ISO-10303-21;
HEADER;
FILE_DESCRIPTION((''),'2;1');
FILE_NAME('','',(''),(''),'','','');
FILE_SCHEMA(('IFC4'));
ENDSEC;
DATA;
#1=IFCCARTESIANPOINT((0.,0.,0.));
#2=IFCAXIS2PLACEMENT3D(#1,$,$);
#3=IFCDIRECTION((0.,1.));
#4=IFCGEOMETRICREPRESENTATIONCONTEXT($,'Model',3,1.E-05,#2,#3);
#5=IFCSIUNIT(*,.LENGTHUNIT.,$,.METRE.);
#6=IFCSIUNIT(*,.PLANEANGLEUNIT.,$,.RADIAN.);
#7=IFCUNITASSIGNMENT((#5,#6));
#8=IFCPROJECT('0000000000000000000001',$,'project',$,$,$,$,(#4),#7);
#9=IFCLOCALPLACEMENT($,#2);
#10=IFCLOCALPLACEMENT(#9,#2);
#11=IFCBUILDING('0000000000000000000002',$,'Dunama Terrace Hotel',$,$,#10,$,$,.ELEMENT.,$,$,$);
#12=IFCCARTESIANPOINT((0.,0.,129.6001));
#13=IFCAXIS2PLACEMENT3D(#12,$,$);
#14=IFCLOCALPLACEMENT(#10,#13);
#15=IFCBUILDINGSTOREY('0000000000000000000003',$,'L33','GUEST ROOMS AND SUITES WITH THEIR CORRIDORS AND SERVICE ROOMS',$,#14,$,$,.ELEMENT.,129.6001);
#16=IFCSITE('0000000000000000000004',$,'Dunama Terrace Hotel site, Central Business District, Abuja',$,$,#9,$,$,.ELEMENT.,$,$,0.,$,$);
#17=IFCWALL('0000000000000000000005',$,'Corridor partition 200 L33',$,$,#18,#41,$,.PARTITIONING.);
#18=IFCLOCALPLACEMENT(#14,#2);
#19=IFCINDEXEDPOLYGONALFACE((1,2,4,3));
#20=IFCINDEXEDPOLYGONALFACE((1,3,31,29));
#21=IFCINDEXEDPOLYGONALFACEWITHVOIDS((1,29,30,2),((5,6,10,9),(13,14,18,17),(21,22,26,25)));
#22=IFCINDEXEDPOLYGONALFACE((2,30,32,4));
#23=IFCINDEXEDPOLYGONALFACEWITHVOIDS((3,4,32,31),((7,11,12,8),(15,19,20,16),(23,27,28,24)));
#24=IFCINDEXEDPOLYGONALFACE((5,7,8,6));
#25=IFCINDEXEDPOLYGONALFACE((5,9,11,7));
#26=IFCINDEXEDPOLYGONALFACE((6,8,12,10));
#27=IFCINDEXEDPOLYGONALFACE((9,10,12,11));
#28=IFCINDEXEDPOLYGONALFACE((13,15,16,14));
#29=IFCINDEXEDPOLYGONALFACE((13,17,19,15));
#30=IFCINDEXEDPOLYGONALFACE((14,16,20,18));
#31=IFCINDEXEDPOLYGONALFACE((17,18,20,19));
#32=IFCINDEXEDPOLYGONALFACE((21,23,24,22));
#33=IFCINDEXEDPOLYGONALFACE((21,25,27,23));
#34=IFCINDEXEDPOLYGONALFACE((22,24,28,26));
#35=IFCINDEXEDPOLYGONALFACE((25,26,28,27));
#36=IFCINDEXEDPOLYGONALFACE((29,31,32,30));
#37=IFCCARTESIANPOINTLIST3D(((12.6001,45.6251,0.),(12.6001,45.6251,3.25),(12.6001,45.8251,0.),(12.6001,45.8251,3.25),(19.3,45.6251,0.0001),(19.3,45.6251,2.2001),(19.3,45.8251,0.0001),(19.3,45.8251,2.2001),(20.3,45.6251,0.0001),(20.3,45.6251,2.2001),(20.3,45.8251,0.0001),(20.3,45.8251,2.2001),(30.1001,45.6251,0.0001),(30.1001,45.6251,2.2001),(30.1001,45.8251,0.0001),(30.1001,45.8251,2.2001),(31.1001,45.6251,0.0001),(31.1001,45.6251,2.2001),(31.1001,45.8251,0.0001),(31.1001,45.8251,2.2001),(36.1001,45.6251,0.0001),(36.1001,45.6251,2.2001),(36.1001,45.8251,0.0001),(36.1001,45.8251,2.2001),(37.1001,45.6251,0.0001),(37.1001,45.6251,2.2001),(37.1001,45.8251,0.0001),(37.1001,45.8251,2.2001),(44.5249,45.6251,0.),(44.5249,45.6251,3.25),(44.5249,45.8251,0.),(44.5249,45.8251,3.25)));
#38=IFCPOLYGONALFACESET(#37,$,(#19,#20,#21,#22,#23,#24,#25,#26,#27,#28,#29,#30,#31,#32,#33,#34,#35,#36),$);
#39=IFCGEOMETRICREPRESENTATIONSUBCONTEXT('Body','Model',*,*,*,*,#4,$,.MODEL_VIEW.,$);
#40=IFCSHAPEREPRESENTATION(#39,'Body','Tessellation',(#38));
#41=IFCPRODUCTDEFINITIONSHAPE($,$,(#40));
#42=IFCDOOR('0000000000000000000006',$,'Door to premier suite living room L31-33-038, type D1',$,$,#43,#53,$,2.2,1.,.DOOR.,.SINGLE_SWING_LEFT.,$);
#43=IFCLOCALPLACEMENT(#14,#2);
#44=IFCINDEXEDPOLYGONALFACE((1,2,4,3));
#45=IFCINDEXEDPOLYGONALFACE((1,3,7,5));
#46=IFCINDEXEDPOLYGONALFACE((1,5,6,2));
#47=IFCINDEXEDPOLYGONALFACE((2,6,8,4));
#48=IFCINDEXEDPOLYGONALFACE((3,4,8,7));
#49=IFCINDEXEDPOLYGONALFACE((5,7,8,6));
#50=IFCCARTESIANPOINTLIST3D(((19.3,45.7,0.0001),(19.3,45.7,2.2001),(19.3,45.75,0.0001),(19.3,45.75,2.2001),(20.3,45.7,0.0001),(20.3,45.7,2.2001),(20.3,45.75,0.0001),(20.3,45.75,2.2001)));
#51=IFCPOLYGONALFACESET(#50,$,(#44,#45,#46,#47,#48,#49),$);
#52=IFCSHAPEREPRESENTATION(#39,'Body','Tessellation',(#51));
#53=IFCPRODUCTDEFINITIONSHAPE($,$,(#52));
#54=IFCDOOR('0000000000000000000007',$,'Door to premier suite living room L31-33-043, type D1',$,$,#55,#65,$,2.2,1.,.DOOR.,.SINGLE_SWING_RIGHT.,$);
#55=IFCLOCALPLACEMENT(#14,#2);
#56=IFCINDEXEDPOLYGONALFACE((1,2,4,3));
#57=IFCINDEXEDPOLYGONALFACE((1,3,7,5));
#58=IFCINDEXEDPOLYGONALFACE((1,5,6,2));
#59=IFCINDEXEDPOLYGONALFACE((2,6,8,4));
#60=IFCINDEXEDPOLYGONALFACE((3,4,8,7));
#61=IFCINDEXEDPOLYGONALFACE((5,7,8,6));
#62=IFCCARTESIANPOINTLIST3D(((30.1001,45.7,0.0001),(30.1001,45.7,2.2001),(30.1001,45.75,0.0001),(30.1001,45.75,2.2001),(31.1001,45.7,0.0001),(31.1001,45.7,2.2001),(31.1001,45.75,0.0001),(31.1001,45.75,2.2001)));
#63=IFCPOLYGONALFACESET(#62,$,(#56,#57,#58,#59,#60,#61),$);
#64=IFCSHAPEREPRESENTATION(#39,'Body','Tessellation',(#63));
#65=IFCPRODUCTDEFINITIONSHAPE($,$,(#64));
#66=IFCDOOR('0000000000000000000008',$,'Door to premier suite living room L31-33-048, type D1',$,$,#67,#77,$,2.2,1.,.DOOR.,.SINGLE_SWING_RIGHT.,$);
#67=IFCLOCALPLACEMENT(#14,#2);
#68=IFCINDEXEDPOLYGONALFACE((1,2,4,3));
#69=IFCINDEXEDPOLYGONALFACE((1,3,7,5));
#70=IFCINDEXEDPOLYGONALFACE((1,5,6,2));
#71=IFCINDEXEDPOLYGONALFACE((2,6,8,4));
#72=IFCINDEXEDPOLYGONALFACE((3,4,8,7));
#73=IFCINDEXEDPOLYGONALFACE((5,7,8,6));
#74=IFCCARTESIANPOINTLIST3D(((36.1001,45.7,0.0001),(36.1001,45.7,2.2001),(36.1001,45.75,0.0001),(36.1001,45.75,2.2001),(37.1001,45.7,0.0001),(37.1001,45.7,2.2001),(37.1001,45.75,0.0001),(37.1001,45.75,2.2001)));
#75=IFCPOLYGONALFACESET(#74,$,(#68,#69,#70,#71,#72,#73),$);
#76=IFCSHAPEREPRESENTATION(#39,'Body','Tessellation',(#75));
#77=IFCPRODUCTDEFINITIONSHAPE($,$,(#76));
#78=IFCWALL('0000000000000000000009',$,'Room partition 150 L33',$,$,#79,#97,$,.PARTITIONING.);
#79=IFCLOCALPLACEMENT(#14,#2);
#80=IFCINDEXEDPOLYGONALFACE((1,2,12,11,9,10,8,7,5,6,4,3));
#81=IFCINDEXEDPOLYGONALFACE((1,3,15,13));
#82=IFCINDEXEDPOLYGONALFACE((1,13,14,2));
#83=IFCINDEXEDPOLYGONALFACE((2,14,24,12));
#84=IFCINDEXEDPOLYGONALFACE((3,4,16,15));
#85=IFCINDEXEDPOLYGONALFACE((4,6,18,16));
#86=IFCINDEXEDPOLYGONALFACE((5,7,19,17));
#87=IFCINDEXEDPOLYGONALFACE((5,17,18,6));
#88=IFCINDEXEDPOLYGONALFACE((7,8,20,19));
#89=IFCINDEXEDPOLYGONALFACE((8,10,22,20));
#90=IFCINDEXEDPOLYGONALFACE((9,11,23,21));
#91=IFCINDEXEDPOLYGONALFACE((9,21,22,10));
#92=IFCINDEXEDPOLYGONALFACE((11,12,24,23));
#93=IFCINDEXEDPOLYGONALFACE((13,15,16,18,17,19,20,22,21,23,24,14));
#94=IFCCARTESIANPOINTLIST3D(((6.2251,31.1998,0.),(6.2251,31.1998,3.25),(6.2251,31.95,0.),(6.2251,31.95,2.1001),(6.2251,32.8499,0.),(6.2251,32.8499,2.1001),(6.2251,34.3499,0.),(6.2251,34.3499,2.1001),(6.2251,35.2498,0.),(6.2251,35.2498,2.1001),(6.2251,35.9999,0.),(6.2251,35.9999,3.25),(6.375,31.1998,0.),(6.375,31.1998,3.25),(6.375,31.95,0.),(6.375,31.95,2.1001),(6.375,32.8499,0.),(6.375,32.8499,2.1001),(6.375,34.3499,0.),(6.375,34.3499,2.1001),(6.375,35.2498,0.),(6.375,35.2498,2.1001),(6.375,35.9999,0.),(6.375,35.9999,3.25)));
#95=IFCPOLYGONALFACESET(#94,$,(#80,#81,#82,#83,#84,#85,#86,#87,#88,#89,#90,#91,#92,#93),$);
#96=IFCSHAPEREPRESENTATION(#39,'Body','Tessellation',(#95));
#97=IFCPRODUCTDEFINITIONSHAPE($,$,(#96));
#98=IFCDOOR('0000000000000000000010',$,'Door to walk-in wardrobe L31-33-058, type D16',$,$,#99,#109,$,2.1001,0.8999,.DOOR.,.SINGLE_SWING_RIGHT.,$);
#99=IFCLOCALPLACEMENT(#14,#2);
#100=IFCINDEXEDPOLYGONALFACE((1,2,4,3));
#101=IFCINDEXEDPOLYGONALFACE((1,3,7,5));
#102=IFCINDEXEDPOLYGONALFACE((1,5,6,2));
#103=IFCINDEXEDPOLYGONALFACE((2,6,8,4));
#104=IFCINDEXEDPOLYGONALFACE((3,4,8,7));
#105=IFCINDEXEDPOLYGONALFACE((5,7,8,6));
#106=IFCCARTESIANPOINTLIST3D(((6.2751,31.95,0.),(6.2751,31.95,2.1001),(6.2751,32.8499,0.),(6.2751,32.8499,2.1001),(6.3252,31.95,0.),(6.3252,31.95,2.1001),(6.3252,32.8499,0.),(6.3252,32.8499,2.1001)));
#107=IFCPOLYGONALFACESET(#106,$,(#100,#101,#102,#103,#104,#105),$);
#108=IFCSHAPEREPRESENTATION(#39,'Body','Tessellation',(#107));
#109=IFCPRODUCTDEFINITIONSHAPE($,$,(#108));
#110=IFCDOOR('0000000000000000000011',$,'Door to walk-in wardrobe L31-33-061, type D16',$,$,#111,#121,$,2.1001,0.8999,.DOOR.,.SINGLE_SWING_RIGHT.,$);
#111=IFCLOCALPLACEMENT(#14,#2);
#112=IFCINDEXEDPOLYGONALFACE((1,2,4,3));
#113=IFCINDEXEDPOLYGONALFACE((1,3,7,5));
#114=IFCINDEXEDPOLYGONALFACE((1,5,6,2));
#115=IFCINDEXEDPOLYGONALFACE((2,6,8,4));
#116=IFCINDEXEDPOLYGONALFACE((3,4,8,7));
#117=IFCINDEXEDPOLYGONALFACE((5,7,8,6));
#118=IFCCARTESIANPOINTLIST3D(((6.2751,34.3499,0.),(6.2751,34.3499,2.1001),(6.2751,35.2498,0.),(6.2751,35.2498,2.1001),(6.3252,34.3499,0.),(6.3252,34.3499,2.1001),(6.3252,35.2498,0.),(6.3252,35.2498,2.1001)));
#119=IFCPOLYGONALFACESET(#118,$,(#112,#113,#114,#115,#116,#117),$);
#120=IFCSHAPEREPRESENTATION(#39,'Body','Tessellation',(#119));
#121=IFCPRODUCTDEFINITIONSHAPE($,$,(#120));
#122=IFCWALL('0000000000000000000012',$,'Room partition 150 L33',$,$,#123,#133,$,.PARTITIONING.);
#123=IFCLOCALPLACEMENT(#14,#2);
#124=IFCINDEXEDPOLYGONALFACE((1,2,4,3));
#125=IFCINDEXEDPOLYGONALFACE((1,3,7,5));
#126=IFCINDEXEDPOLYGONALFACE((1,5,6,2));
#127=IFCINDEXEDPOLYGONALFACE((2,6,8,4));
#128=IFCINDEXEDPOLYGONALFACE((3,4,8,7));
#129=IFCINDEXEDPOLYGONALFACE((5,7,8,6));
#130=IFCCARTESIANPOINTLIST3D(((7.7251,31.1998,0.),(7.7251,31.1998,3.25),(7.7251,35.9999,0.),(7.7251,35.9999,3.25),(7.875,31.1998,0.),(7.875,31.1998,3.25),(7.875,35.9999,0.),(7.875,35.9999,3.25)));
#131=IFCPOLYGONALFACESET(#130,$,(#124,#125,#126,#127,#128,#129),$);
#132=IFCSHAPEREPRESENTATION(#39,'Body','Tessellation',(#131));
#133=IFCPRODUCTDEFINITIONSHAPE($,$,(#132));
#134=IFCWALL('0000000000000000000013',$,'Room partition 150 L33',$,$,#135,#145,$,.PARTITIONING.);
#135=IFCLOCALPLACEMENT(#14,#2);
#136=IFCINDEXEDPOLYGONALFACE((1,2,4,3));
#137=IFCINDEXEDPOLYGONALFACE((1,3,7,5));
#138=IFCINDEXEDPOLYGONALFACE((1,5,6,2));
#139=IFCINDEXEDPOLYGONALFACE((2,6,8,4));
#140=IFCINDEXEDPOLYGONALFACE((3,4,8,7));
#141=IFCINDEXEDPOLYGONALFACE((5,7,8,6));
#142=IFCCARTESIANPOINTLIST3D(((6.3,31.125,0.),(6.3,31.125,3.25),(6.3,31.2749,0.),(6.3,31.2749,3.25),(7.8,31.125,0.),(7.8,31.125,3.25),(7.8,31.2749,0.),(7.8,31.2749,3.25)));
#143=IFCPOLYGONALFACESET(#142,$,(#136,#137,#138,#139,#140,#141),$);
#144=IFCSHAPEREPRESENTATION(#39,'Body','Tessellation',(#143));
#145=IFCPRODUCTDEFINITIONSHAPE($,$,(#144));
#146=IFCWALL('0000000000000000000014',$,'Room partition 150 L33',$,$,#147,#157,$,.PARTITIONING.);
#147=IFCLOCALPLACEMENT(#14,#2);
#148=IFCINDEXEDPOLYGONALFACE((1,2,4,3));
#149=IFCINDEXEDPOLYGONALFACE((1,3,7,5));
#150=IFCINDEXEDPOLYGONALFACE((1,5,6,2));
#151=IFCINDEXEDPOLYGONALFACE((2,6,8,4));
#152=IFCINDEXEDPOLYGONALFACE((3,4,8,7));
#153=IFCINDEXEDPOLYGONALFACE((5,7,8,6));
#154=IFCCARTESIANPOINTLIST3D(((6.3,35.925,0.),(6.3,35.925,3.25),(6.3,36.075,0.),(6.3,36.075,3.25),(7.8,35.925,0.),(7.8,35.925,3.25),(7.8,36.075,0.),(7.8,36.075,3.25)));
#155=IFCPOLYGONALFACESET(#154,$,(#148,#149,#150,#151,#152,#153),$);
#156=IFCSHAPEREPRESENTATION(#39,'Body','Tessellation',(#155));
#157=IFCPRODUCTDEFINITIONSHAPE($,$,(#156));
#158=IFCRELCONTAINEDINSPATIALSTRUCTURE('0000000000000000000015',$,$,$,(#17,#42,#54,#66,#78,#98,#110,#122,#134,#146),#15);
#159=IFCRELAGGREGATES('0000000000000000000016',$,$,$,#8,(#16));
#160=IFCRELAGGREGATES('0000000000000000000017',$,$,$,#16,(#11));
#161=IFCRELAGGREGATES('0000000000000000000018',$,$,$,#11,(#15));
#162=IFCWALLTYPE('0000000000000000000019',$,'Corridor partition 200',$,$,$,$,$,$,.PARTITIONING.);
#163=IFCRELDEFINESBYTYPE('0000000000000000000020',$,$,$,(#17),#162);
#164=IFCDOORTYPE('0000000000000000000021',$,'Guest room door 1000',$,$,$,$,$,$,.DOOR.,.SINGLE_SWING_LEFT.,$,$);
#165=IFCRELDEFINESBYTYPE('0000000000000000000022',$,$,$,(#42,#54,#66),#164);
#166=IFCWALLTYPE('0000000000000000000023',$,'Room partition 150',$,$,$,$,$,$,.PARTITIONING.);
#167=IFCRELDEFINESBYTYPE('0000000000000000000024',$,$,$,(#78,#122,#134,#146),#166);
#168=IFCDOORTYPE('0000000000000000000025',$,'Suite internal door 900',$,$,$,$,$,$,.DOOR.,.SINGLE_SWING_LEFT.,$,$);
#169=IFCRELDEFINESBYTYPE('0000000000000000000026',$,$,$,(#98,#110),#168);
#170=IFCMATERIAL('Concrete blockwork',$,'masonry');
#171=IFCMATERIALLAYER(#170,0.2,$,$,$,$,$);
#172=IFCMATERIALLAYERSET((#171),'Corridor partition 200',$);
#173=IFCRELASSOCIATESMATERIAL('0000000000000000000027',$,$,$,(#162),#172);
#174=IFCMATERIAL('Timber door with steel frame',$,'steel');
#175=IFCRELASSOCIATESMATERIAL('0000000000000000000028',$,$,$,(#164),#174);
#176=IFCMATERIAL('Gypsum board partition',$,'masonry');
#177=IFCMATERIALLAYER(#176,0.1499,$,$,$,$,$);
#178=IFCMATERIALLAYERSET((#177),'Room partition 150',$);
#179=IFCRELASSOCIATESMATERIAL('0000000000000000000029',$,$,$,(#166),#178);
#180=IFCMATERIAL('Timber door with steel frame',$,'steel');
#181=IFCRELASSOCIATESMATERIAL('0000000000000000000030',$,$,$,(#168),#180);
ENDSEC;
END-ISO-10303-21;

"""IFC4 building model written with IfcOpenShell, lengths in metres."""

from ifc_helpers import new_model, si_unit, direction, frame, frame_2d, origin, place, context, subcontext, project, spatial, rectangle, extrude, material, layer, layer_set, type_object, element, fill, save


model = new_model("IFC4")

# Units and contexts
model_context = context("Model", 3, precision=1e-05, world=origin(), true_north=direction((0.0, 1.0)))
body_context = subcontext(model_context, "Body", "Model", "MODEL_VIEW")
ifc_project = project(units=[si_unit("LENGTHUNIT", "METRE"), si_unit("PLANEANGLEUNIT", "RADIAN")], contexts=[model_context])

# Site, building, storey
site_placement = place(None, origin())
site = spatial("IfcSite", under=ifc_project, at=site_placement, Name="Dunama Terrace Hotel site, Central Business District, Abuja", CompositionType="ELEMENT", RefElevation=0.0)
building_placement = place(site_placement, origin())
building = spatial("IfcBuilding", under=site, at=building_placement, Name="Dunama Terrace Hotel", CompositionType="ELEMENT")
storey_placement = place(building_placement, frame((0.0, 0.0, 129.6001)))
storey = spatial("IfcBuildingStorey", under=building, at=storey_placement, Name="L33", Description="GUEST ROOMS AND SUITES WITH THEIR CORRIDORS AND SERVICE ROOMS", CompositionType="ELEMENT", Elevation=129.6001)

# Walls, openings, doors
ifc_material_1 = material(Name="Concrete blockwork", Category="masonry")
ifc_layer_1 = layer(ifc_material_1, 0.2)
ifc_layer_set_1 = layer_set([ifc_layer_1], Name="Corridor partition 200")
wall_type_1 = type_object("IfcWallType", Name="Corridor partition 200", PredefinedType="PARTITIONING", material=ifc_layer_set_1)
wall_1_placement = place(storey_placement, frame((12.6001, 45.7251, 0.0), z_axis=(0.0, 0.0, 1.0), x_axis=(1.0, 0.0, 0.0)))
wall_1 = element("IfcWall", 1, at=wall_1_placement, inside=storey, type_object=wall_type_1, Name="Corridor partition 200 L33", PredefinedType="PARTITIONING", context=body_context, shape_type="SweptSolid", body=[
    extrude(rectangle(XDim=31.9248, YDim=0.2, at=frame_2d((15.9624, 0.0))), origin(), (0.0, 0.0, 1.0), 3.25),
])
opening_1_placement = place(wall_1_placement, frame((6.7, 0.0, 0.0)))
opening_1 = element("IfcOpeningElement", 2, at=opening_1_placement, cuts=wall_1, PredefinedType="OPENING", context=body_context, shape_type="SweptSolid", body=[
    extrude(rectangle(XDim=1.0, YDim=2.2, at=frame_2d((0.5, 1.1001))), frame((0.0, 0.1099, 0.0), z_axis=(0.0, -1.0, 0.0), x_axis=(1.0, 0.0, 0.0)), (0.0, 0.0, 1.0), 0.22),
])
opening_2_placement = place(wall_1_placement, frame((17.5, 0.0, 0.0)))
opening_2 = element("IfcOpeningElement", 3, at=opening_2_placement, cuts=wall_1, PredefinedType="OPENING", context=body_context, shape_type="SweptSolid", body=[
    extrude(rectangle(XDim=1.0, YDim=2.2, at=frame_2d((0.5, 1.1001))), frame((0.0, 0.1099, 0.0), z_axis=(0.0, -1.0, 0.0), x_axis=(1.0, 0.0, 0.0)), (0.0, 0.0, 1.0), 0.22),
])
opening_3_placement = place(wall_1_placement, frame((23.5, 0.0, 0.0)))
opening_3 = element("IfcOpeningElement", 4, at=opening_3_placement, cuts=wall_1, PredefinedType="OPENING", context=body_context, shape_type="SweptSolid", body=[
    extrude(rectangle(XDim=1.0, YDim=2.2, at=frame_2d((0.5, 1.1001))), frame((0.0, 0.1099, 0.0), z_axis=(0.0, -1.0, 0.0), x_axis=(1.0, 0.0, 0.0)), (0.0, 0.0, 1.0), 0.22),
])
ifc_material_2 = material(Name="Timber door with steel frame", Category="steel")
door_type_1 = type_object("IfcDoorType", Name="Guest room door 1000", OperationType="SINGLE_SWING_LEFT", PredefinedType="DOOR", material=ifc_material_2)
door_1_placement = place(opening_1_placement, origin())
door_1 = element("IfcDoor", 5, at=door_1_placement, inside=storey, type_object=door_type_1, Name="Door to premier suite living room L31-33-038, type D1", OperationType="SINGLE_SWING_LEFT", OverallHeight=2.2, OverallWidth=1.0, PredefinedType="DOOR", context=body_context, shape_type="SweptSolid", body=[
    extrude(rectangle(XDim=1.0, YDim=2.2, at=frame_2d((0.5, 1.1001))), frame((0.0, 0.0249, 0.0), z_axis=(0.0, -1.0, 0.0), x_axis=(1.0, 0.0, 0.0)), (0.0, 0.0, 1.0), 0.05),
])
fill(opening_1, door_1)
door_2_placement = place(opening_2_placement, origin())
door_2 = element("IfcDoor", 6, at=door_2_placement, inside=storey, type_object=door_type_1, Name="Door to premier suite living room L31-33-043, type D1", OperationType="SINGLE_SWING_RIGHT", OverallHeight=2.2, OverallWidth=1.0, PredefinedType="DOOR", context=body_context, shape_type="SweptSolid", body=[
    extrude(rectangle(XDim=1.0, YDim=2.2, at=frame_2d((0.5, 1.1001))), frame((0.0, 0.0249, 0.0), z_axis=(0.0, -1.0, 0.0), x_axis=(1.0, 0.0, 0.0)), (0.0, 0.0, 1.0), 0.05),
])
fill(opening_2, door_2)
door_3_placement = place(opening_3_placement, origin())
door_3 = element("IfcDoor", 7, at=door_3_placement, inside=storey, type_object=door_type_1, Name="Door to premier suite living room L31-33-048, type D1", OperationType="SINGLE_SWING_RIGHT", OverallHeight=2.2, OverallWidth=1.0, PredefinedType="DOOR", context=body_context, shape_type="SweptSolid", body=[
    extrude(rectangle(XDim=1.0, YDim=2.2, at=frame_2d((0.5, 1.1001))), frame((0.0, 0.0249, 0.0), z_axis=(0.0, -1.0, 0.0), x_axis=(1.0, 0.0, 0.0)), (0.0, 0.0, 1.0), 0.05),
])
fill(opening_3, door_3)
ifc_material_3 = material(Name="Gypsum board partition", Category="masonry")
ifc_layer_2 = layer(ifc_material_3, 0.1499)
ifc_layer_set_2 = layer_set([ifc_layer_2], Name="Room partition 150")
wall_type_2 = type_object("IfcWallType", Name="Room partition 150", PredefinedType="PARTITIONING", material=ifc_layer_set_2)
wall_2_placement = place(storey_placement, frame((6.3, 31.2, 0.0), z_axis=(0.0, 0.0, 1.0), x_axis=(0.0, 1.0, 0.0)))
wall_2 = element("IfcWall", 8, at=wall_2_placement, inside=storey, type_object=wall_type_2, Name="Room partition 150 L33", PredefinedType="PARTITIONING", context=body_context, shape_type="SweptSolid", body=[
    extrude(rectangle(XDim=4.8, YDim=0.1499, at=frame_2d((2.3999, 0.0))), origin(), (0.0, 0.0, 1.0), 3.25),
])
opening_4_placement = place(wall_2_placement, frame((0.75, 0.0, 0.0)))
opening_4 = element("IfcOpeningElement", 9, at=opening_4_placement, cuts=wall_2, PredefinedType="OPENING", context=body_context, shape_type="SweptSolid", body=[
    extrude(rectangle(XDim=0.8999, YDim=2.1001, at=frame_2d((0.45, 1.05))), frame((0.0, 0.085, 0.0), z_axis=(0.0, -1.0, 0.0), x_axis=(1.0, 0.0, 0.0)), (0.0, 0.0, 1.0), 0.1699),
])
opening_5_placement = place(wall_2_placement, frame((3.1499, 0.0, 0.0)))
opening_5 = element("IfcOpeningElement", 10, at=opening_5_placement, cuts=wall_2, PredefinedType="OPENING", context=body_context, shape_type="SweptSolid", body=[
    extrude(rectangle(XDim=0.8999, YDim=2.1001, at=frame_2d((0.45, 1.05))), frame((0.0, 0.085, 0.0), z_axis=(0.0, -1.0, 0.0), x_axis=(1.0, 0.0, 0.0)), (0.0, 0.0, 1.0), 0.1699),
])
ifc_material_4 = material(Name="Timber door with steel frame", Category="steel")
door_type_2 = type_object("IfcDoorType", Name="Suite internal door 900", OperationType="SINGLE_SWING_LEFT", PredefinedType="DOOR", material=ifc_material_4)
door_4_placement = place(opening_4_placement, frame((0.8999, 0.0, 0.0), z_axis=(0.0, 0.0, 1.0), x_axis=(-1.0, 0.0, 0.0)))
door_4 = element("IfcDoor", 11, at=door_4_placement, inside=storey, type_object=door_type_2, Name="Door to walk-in wardrobe L31-33-058, type D16", OperationType="SINGLE_SWING_RIGHT", OverallHeight=2.1001, OverallWidth=0.8999, PredefinedType="DOOR", context=body_context, shape_type="SweptSolid", body=[
    extrude(rectangle(XDim=0.8999, YDim=2.1001, at=frame_2d((0.45, 1.05))), frame((0.0, 0.0251, 0.0), z_axis=(0.0, -1.0, 0.0), x_axis=(1.0, 0.0, 0.0)), (0.0, 0.0, 1.0), 0.05),
])
fill(opening_4, door_4)
door_5_placement = place(opening_5_placement, frame((0.8999, 0.0, 0.0), z_axis=(0.0, 0.0, 1.0), x_axis=(-1.0, 0.0, 0.0)))
door_5 = element("IfcDoor", 12, at=door_5_placement, inside=storey, type_object=door_type_2, Name="Door to walk-in wardrobe L31-33-061, type D16", OperationType="SINGLE_SWING_RIGHT", OverallHeight=2.1001, OverallWidth=0.8999, PredefinedType="DOOR", context=body_context, shape_type="SweptSolid", body=[
    extrude(rectangle(XDim=0.8999, YDim=2.1001, at=frame_2d((0.45, 1.05))), frame((0.0, 0.0251, 0.0), z_axis=(0.0, -1.0, 0.0), x_axis=(1.0, 0.0, 0.0)), (0.0, 0.0, 1.0), 0.05),
])
fill(opening_5, door_5)

# Walls
wall_3_placement = place(storey_placement, frame((7.8, 31.2, 0.0), z_axis=(0.0, 0.0, 1.0), x_axis=(0.0, 1.0, 0.0)))
element("IfcWall", 13, at=wall_3_placement, inside=storey, type_object=wall_type_2, Name="Room partition 150 L33", PredefinedType="PARTITIONING", context=body_context, shape_type="SweptSolid", body=[
    extrude(rectangle(XDim=4.8, YDim=0.1499, at=frame_2d((2.3999, 0.0))), origin(), (0.0, 0.0, 1.0), 3.25),
])
for number, where, z_axis, x_axis, name in (
    (14, (6.3, 31.2, 0.0), (0.0, 0.0, 1.0), (1.0, 0.0, 0.0), "Room partition 150 L33"),
    (15, (6.3, 36.0, 0.0), (0.0, 0.0, 1.0), (1.0, 0.0, 0.0), "Room partition 150 L33"),
):
    element("IfcWall", number, at=place(storey_placement, frame(where, z_axis=z_axis, x_axis=x_axis)), inside=storey, type_object=wall_type_2, Name=name, PredefinedType="PARTITIONING", context=body_context, shape_type="SweptSolid", body=[
        extrude(rectangle(XDim=1.5, YDim=0.1499, at=frame_2d((0.75, 0.0))), origin(), (0.0, 0.0, 1.0), 3.25),
    ])

save(model, "model.ifc")
